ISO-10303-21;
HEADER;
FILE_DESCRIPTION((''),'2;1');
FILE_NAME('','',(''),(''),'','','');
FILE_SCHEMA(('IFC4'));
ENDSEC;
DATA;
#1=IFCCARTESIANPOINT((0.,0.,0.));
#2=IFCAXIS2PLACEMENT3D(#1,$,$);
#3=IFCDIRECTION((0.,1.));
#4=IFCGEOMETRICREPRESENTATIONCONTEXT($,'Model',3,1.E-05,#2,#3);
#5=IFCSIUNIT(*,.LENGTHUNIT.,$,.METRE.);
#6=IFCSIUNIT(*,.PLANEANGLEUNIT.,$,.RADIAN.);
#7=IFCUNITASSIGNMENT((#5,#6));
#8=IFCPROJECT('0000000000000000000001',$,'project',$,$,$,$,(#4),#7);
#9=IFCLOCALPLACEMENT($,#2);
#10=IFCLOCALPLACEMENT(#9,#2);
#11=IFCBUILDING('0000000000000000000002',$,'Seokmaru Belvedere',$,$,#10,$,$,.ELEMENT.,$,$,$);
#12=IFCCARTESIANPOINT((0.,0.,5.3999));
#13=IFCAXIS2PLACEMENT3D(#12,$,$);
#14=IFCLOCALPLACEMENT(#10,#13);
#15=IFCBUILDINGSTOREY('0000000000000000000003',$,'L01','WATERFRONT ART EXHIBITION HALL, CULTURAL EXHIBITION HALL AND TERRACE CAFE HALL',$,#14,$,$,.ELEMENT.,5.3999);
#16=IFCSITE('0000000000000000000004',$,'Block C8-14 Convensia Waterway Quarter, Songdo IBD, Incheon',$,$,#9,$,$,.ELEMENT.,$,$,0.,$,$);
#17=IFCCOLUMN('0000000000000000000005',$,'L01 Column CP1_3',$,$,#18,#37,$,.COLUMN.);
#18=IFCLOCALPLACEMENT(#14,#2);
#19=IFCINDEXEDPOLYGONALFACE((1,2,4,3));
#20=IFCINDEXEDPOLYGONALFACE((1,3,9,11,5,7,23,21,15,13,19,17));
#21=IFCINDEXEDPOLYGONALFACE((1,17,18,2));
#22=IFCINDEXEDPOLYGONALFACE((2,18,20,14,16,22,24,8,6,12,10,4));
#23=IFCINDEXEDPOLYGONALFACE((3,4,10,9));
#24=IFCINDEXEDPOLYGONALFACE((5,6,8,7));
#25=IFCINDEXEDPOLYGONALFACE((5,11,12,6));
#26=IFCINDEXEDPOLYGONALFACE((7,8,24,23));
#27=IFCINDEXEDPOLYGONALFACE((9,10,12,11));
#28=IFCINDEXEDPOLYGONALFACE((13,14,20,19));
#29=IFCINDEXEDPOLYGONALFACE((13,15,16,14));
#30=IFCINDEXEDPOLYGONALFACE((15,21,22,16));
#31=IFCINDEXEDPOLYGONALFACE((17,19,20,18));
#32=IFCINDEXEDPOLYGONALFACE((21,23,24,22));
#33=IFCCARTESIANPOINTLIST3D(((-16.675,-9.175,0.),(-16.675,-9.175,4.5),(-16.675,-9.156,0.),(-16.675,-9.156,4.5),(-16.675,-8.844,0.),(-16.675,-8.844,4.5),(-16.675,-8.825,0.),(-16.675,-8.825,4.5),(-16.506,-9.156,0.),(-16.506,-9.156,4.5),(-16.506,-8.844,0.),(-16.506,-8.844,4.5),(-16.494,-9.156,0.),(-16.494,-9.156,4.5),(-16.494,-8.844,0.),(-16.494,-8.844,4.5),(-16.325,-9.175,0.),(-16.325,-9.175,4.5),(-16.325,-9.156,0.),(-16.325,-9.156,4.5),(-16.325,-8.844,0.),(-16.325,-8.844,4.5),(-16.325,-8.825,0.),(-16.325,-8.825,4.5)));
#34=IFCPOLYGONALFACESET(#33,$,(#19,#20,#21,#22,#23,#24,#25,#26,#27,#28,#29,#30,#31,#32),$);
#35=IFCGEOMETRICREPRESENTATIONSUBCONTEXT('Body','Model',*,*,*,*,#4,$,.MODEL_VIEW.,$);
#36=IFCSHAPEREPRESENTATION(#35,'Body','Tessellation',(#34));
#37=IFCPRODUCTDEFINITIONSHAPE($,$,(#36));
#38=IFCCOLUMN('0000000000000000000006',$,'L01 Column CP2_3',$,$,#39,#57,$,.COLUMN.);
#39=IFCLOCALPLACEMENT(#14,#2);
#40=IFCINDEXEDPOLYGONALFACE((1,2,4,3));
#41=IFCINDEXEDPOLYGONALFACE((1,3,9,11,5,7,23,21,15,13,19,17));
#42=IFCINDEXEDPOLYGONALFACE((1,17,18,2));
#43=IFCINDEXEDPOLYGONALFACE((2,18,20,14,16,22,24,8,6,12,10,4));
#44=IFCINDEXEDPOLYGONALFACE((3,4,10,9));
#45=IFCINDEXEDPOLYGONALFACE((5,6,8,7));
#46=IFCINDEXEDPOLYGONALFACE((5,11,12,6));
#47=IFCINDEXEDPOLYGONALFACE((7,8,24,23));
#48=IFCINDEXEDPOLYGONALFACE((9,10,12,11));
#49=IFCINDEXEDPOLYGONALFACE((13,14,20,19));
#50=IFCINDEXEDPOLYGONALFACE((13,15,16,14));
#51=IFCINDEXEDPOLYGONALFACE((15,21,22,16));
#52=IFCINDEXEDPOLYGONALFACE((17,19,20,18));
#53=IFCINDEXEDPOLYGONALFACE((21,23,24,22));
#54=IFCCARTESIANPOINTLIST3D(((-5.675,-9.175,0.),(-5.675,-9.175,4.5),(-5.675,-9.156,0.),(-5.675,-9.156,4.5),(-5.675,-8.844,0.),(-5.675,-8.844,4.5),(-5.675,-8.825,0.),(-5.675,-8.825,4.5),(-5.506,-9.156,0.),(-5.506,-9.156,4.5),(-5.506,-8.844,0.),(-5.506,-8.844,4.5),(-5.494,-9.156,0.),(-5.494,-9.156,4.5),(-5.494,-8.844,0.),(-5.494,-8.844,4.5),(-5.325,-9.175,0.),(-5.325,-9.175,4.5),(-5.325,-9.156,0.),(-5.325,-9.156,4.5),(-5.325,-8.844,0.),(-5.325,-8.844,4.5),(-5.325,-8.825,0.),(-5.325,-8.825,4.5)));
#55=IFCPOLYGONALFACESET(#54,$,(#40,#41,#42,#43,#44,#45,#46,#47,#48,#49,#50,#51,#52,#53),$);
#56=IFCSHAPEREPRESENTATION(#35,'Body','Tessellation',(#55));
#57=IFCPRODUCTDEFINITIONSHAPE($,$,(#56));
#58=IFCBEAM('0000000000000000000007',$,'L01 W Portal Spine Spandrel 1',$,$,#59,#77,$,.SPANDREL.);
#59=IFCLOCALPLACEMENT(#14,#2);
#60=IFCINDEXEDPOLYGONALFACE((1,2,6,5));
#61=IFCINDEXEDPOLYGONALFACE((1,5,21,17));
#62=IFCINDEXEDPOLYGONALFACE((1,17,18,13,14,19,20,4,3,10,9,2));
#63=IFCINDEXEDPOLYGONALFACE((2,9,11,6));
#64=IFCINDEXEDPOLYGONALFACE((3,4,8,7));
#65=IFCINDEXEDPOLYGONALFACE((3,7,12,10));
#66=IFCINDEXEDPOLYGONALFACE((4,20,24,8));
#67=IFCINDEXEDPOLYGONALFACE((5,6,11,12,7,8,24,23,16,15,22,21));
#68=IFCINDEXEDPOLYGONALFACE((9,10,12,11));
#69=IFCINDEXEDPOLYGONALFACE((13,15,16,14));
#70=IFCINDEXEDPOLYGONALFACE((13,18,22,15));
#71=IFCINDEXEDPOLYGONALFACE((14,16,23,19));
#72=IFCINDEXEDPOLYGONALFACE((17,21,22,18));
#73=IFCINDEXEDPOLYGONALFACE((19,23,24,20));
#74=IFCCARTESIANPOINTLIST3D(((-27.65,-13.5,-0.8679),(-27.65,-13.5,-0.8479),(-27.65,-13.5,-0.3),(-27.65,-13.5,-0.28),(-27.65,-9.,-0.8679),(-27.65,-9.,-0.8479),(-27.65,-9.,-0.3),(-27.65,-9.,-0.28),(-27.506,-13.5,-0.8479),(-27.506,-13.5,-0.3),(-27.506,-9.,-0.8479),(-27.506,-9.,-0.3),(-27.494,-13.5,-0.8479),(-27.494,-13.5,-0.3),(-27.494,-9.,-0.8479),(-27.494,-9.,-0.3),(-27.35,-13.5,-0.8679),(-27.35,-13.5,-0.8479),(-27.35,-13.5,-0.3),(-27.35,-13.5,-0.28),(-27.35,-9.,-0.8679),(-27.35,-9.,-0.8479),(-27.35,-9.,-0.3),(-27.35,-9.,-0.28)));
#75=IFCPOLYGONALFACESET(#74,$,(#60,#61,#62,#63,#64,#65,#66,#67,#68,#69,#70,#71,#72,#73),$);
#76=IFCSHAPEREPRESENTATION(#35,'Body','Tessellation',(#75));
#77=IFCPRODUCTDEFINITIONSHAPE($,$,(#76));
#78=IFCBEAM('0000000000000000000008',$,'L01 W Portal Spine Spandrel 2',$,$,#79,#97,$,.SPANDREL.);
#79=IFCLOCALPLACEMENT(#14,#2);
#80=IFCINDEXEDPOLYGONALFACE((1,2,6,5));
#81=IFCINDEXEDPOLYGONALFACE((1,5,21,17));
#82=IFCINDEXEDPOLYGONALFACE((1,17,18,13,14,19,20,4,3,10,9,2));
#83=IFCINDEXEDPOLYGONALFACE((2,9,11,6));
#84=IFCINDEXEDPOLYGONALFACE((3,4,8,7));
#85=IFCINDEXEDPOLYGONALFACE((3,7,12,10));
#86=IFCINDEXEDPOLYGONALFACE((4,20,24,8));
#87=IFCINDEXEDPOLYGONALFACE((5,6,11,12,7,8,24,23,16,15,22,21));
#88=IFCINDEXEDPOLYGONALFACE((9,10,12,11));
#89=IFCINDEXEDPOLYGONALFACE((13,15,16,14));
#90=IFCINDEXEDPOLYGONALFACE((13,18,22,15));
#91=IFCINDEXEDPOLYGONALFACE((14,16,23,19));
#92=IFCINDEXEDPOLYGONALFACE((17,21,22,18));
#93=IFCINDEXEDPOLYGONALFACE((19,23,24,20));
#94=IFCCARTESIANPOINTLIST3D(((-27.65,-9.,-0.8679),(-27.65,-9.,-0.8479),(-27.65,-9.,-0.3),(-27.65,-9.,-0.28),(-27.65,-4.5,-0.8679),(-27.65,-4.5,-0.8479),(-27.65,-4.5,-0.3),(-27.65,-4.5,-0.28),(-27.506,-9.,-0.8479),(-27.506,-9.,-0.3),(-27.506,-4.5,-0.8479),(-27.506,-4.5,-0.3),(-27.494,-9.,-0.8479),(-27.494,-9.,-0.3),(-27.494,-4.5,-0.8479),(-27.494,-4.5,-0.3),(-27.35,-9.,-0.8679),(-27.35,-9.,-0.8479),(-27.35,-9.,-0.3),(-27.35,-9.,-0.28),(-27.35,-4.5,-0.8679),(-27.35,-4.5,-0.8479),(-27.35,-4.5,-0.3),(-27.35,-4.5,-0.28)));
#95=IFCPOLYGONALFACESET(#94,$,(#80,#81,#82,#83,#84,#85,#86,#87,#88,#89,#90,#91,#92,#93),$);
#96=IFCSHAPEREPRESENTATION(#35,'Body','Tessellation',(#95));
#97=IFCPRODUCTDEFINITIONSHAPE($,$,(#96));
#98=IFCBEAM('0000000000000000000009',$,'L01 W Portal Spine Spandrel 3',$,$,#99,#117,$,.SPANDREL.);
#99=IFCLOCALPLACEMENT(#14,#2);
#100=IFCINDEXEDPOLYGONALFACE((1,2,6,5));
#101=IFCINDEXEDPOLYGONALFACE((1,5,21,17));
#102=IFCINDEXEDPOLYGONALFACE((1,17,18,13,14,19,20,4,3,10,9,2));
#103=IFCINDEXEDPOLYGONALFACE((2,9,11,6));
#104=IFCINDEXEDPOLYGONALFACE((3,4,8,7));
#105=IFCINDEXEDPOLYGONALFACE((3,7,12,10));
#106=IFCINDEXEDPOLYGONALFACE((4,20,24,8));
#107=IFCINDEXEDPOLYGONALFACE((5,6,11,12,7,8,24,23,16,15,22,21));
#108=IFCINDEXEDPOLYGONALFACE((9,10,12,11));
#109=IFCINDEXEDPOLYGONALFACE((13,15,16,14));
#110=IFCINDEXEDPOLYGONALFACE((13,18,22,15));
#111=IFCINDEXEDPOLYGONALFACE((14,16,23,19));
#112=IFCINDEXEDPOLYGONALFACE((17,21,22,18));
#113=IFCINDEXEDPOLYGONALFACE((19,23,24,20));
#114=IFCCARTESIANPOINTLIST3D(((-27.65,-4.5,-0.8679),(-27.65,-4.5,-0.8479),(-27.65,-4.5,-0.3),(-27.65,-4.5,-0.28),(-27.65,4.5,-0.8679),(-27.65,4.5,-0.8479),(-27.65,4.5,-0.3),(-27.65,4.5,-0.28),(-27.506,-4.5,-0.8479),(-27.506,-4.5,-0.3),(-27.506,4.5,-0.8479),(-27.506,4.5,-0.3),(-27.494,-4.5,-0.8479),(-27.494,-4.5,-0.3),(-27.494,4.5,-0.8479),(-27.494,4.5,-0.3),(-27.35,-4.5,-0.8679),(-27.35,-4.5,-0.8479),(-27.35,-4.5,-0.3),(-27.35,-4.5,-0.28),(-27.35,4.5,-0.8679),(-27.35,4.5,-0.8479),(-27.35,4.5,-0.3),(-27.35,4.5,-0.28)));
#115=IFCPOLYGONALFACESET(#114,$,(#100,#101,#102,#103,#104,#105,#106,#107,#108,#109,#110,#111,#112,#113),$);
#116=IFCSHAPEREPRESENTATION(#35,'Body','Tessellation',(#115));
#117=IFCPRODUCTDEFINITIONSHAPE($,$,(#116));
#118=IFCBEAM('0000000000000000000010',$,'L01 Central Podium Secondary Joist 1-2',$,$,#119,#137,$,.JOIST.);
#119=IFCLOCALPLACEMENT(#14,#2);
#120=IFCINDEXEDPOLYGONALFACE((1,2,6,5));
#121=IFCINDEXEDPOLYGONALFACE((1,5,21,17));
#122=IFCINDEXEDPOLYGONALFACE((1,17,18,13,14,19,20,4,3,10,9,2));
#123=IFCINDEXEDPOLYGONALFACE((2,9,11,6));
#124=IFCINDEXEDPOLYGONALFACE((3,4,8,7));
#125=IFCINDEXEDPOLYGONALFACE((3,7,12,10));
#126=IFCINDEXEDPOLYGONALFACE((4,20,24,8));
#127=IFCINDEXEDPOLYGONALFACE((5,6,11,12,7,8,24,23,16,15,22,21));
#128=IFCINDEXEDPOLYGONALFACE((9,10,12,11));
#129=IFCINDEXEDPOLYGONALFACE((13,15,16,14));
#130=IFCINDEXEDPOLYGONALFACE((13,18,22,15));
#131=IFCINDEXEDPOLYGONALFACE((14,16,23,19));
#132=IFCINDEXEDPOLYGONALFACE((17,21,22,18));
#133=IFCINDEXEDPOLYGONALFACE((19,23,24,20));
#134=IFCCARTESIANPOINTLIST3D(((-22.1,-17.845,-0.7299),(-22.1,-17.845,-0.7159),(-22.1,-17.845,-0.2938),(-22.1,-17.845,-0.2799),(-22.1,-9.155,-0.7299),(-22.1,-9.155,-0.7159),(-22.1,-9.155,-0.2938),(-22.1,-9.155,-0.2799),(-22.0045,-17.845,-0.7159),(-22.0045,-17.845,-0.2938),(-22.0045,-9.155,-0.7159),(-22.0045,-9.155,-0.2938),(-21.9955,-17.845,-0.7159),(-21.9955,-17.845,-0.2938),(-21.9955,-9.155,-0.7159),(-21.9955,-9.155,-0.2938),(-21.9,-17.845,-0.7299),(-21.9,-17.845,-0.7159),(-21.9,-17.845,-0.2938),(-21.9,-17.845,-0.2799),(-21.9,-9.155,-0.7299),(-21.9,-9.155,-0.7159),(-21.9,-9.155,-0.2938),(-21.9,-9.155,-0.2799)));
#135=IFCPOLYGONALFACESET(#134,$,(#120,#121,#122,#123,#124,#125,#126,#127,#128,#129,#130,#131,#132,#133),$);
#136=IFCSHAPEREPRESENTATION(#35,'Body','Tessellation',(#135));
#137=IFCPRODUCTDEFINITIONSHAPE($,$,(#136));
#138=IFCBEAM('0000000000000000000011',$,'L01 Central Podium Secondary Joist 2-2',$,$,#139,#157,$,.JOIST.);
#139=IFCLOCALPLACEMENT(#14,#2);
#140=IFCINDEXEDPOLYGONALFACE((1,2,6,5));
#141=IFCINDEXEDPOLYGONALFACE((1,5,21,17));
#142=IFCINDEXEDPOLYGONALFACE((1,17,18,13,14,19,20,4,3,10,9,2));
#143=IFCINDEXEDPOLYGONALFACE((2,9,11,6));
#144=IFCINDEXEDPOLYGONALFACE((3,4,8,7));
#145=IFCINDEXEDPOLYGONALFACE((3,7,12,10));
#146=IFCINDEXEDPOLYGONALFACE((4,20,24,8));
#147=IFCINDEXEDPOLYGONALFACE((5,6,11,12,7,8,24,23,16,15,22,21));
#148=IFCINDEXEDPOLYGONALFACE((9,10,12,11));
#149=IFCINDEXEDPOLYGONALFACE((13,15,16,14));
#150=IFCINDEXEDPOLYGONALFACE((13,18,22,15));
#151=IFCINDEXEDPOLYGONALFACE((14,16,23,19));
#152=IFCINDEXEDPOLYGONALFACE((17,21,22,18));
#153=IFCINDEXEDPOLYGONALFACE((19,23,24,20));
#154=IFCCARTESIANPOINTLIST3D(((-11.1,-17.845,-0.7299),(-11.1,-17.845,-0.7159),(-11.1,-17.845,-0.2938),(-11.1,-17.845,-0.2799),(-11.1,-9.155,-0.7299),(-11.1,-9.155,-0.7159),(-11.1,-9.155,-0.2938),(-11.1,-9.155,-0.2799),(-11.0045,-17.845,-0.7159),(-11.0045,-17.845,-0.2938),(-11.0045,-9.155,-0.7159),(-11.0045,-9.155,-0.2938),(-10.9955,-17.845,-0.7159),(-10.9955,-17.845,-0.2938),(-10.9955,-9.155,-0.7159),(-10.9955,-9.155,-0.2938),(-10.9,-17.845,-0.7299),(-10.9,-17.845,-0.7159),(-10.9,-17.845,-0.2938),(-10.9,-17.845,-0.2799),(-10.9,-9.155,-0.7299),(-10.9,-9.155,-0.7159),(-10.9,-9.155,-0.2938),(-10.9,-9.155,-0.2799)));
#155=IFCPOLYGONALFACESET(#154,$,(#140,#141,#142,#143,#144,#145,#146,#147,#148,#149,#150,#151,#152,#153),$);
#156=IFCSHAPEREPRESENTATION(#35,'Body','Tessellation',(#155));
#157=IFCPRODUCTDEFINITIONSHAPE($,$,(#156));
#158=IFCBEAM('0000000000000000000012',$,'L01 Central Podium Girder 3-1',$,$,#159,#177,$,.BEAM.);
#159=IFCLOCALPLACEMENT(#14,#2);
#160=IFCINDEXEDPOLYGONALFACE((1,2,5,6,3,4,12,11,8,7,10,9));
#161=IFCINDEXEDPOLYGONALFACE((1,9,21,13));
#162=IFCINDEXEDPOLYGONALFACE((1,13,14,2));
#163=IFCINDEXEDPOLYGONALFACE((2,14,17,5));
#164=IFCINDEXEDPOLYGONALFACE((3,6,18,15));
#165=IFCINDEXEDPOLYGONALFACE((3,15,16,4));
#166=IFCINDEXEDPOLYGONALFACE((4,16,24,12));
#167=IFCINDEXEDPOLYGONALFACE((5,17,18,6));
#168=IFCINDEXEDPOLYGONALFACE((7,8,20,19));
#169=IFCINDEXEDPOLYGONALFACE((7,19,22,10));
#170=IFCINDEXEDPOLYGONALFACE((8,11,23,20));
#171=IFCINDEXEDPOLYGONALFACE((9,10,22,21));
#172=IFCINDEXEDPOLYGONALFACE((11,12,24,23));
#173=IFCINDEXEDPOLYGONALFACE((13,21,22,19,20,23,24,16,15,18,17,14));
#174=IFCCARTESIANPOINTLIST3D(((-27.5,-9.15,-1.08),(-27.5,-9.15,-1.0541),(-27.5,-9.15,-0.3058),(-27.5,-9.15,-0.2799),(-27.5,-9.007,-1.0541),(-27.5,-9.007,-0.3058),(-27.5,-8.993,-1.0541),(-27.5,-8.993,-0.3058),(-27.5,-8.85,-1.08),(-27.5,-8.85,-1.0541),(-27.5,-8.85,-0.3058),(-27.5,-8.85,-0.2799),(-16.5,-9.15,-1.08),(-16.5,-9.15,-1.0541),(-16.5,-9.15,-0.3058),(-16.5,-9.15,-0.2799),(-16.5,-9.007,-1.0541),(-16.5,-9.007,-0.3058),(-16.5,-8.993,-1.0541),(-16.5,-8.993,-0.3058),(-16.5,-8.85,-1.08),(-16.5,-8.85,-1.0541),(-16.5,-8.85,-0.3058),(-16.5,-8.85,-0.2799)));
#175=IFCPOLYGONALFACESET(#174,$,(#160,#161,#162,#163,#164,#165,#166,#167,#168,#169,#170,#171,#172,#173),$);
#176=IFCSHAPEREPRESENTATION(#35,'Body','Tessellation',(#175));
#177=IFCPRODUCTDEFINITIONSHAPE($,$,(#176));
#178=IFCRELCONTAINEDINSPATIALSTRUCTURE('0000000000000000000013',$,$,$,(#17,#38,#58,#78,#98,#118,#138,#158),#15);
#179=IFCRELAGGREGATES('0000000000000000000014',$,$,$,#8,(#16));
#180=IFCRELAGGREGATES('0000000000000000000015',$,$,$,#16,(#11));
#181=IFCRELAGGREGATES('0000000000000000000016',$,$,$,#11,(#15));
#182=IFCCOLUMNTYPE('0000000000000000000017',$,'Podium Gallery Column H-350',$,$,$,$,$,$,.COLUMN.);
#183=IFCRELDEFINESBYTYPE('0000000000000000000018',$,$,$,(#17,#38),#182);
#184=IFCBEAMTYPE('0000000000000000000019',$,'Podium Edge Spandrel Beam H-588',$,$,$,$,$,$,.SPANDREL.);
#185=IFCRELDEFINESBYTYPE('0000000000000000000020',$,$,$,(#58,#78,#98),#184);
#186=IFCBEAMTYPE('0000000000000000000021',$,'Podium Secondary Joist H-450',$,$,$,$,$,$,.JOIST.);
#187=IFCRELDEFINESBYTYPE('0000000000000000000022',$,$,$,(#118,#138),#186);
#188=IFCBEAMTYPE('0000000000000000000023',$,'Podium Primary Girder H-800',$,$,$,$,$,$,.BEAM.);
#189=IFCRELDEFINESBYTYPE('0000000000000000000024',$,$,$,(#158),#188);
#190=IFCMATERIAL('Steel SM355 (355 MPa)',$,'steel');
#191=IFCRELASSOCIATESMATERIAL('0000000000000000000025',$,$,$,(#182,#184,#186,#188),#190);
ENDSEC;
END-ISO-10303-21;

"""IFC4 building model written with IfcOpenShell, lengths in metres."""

from ifc_helpers import new_model, si_unit, direction, frame, origin, origin_2d, place, context, subcontext, project, spatial, i_section, extrude, source, transform, mapped, material, material_profile, profile_set, type_object, type_shapes, element, save


model = new_model("IFC4")

# Units and contexts
model_context = context("Model", 3, precision=1e-05, world=origin(), true_north=direction((0.0, 1.0)))
body_context = subcontext(model_context, "Body", "Model", "MODEL_VIEW")
ifc_project = project(units=[si_unit("LENGTHUNIT", "METRE"), si_unit("PLANEANGLEUNIT", "RADIAN")], contexts=[model_context])

# Site, building, storey
site_placement = place(None, origin())
site = spatial("IfcSite", under=ifc_project, at=site_placement, Name="Block C8-14 Convensia Waterway Quarter, Songdo IBD, Incheon", CompositionType="ELEMENT", RefElevation=0.0)
building_placement = place(site_placement, origin())
building = spatial("IfcBuilding", under=site, at=building_placement, Name="Seokmaru Belvedere", CompositionType="ELEMENT")
storey_placement = place(building_placement, frame((0.0, 0.0, 5.3999)))
storey = spatial("IfcBuildingStorey", under=building, at=storey_placement, Name="L01", Description="WATERFRONT ART EXHIBITION HALL, CULTURAL EXHIBITION HALL AND TERRACE CAFE HALL", CompositionType="ELEMENT", Elevation=5.3999)

# Columns
ifc_material_1 = material(Name="Steel SM355 (355 MPa)", Category="steel")
ifc_material_profile_1 = material_profile(ifc_material_1, i_section(OverallWidth=0.3501, OverallDepth=0.3501, WebThickness=0.012, FlangeThickness=0.019, at=origin_2d()), Name="H-350x350x12x19")
ifc_profile_set_1 = profile_set([ifc_material_profile_1], Name="Steel SM355 (355 MPa)")
column_type = type_object("IfcColumnType", Name="Podium Gallery Column H-350", PredefinedType="COLUMN", material=ifc_profile_set_1)
shared_shape_1 = source(origin(), body_context, "Body", "SweptSolid", [
    extrude(i_section(OverallWidth=0.3501, OverallDepth=0.3501, WebThickness=0.012, FlangeThickness=0.019, at=origin_2d()), origin(), (0.0, 0.0, 1.0), 4.5),
])
type_shapes(column_type, [shared_shape_1])
for number, where, z_axis, x_axis, name in (
    (1, (-16.5, -9.0, 0.0), (0.0, 0.0, 1.0), (1.0, 0.0, 0.0), "L01 Column CP1_3"),
    (2, (-5.5, -9.0, 0.0), (0.0, 0.0, 1.0), (1.0, 0.0, 0.0), "L01 Column CP2_3"),
):
    element("IfcColumn", number, at=place(storey_placement, frame(where, z_axis=z_axis, x_axis=x_axis)), inside=storey, type_object=column_type, Name=name, PredefinedType="COLUMN", context=body_context, shape_type="MappedRepresentation", body=[
        mapped(shared_shape_1, transform((0.0, 0.0, 0.0), scale=1.0)),
    ])

# Beams
ifc_material_profile_2 = material_profile(ifc_material_1, i_section(OverallWidth=0.3, OverallDepth=0.5879, WebThickness=0.012, FlangeThickness=0.02, at=origin_2d()), Name="H-588x300x12x20")
ifc_profile_set_2 = profile_set([ifc_material_profile_2], Name="Steel SM355 (355 MPa)")
beam_type_1 = type_object("IfcBeamType", Name="Podium Edge Spandrel Beam H-588", PredefinedType="SPANDREL", material=ifc_profile_set_2)
shared_shape_2 = source(origin(), body_context, "Body", "SweptSolid", [
    extrude(i_section(OverallWidth=0.3, OverallDepth=0.5879, WebThickness=0.012, FlangeThickness=0.02, at=origin_2d()), origin(), (0.0, 0.0, 1.0), 4.5),
])
for number, where, z_axis, x_axis, name in (
    (3, (-27.5, -13.5, -0.574), (0.0, 1.0, 0.0), (-1.0, 0.0, 0.0), "L01 W Portal Spine Spandrel 1"),
    (4, (-27.5, -9.0, -0.574), (0.0, 1.0, 0.0), (-1.0, 0.0, 0.0), "L01 W Portal Spine Spandrel 2"),
):
    element("IfcBeam", number, at=place(storey_placement, frame(where, z_axis=z_axis, x_axis=x_axis)), inside=storey, type_object=beam_type_1, Name=name, PredefinedType="SPANDREL", context=body_context, shape_type="MappedRepresentation", body=[
        mapped(shared_shape_2, transform((0.0, 0.0, 0.0), scale=1.0)),
    ])
shared_shape_3 = source(origin(), body_context, "Body", "SweptSolid", [
    extrude(i_section(OverallWidth=0.3, OverallDepth=0.5879, WebThickness=0.012, FlangeThickness=0.02, at=origin_2d()), origin(), (0.0, 0.0, 1.0), 9.0),
])
type_shapes(beam_type_1, [shared_shape_2, shared_shape_3])
beam_1_placement = place(storey_placement, frame((-27.5, -4.5, -0.574), z_axis=(0.0, 1.0, 0.0), x_axis=(-1.0, 0.0, 0.0)))
element("IfcBeam", 5, at=beam_1_placement, inside=storey, type_object=beam_type_1, Name="L01 W Portal Spine Spandrel 3", PredefinedType="SPANDREL", context=body_context, shape_type="MappedRepresentation", body=[
    mapped(shared_shape_3, transform((0.0, 0.0, 0.0), scale=1.0)),
])
ifc_material_profile_3 = material_profile(ifc_material_1, i_section(OverallWidth=0.2, OverallDepth=0.45, WebThickness=0.009, FlangeThickness=0.0139, at=origin_2d()), Name="H-450x200x9x14")
ifc_profile_set_3 = profile_set([ifc_material_profile_3], Name="Steel SM355 (355 MPa)")
beam_type_2 = type_object("IfcBeamType", Name="Podium Secondary Joist H-450", PredefinedType="JOIST", material=ifc_profile_set_3)
shared_shape_4 = source(origin(), body_context, "Body", "SweptSolid", [
    extrude(i_section(OverallWidth=0.2, OverallDepth=0.45, WebThickness=0.009, FlangeThickness=0.0139, at=origin_2d()), origin(), (0.0, 0.0, 1.0), 8.6899),
])
type_shapes(beam_type_2, [shared_shape_4])
for number, where, z_axis, x_axis, name in (
    (6, (-22.0, -17.845, -0.5049), (0.0, 1.0, 0.0), (-1.0, 0.0, 0.0), "L01 Central Podium Secondary Joist 1-2"),
    (7, (-11.0, -17.845, -0.5049), (0.0, 1.0, 0.0), (-1.0, 0.0, 0.0), "L01 Central Podium Secondary Joist 2-2"),
):
    element("IfcBeam", number, at=place(storey_placement, frame(where, z_axis=z_axis, x_axis=x_axis)), inside=storey, type_object=beam_type_2, Name=name, PredefinedType="JOIST", context=body_context, shape_type="MappedRepresentation", body=[
        mapped(shared_shape_4, transform((0.0, 0.0, 0.0), scale=1.0)),
    ])
ifc_material_profile_4 = material_profile(ifc_material_1, i_section(OverallWidth=0.3, OverallDepth=0.8, WebThickness=0.0139, FlangeThickness=0.0259, at=origin_2d()), Name="H-800x300x14x26")
ifc_profile_set_4 = profile_set([ifc_material_profile_4], Name="Steel SM355 (355 MPa)")
beam_type_3 = type_object("IfcBeamType", Name="Podium Primary Girder H-800", PredefinedType="BEAM", material=ifc_profile_set_4)
shared_shape_5 = source(origin(), body_context, "Body", "SweptSolid", [
    extrude(i_section(OverallWidth=0.3, OverallDepth=0.8, WebThickness=0.0139, FlangeThickness=0.0259, at=origin_2d()), origin(), (0.0, 0.0, 1.0), 11.0),
])
type_shapes(beam_type_3, [shared_shape_5])
for number, where, z_axis, x_axis, name in (
    (8, (-27.5, -9.0, -0.6799), (1.0, 0.0, 0.0), (0.0, 1.0, 0.0), "L01 Central Podium Girder 3-1"),
):
    element("IfcBeam", number, at=place(storey_placement, frame(where, z_axis=z_axis, x_axis=x_axis)), inside=storey, type_object=beam_type_3, Name=name, PredefinedType="BEAM", context=body_context, shape_type="MappedRepresentation", body=[
        mapped(shared_shape_5, transform((0.0, 0.0, 0.0), scale=1.0)),
    ])

save(model, "model.ifc")
